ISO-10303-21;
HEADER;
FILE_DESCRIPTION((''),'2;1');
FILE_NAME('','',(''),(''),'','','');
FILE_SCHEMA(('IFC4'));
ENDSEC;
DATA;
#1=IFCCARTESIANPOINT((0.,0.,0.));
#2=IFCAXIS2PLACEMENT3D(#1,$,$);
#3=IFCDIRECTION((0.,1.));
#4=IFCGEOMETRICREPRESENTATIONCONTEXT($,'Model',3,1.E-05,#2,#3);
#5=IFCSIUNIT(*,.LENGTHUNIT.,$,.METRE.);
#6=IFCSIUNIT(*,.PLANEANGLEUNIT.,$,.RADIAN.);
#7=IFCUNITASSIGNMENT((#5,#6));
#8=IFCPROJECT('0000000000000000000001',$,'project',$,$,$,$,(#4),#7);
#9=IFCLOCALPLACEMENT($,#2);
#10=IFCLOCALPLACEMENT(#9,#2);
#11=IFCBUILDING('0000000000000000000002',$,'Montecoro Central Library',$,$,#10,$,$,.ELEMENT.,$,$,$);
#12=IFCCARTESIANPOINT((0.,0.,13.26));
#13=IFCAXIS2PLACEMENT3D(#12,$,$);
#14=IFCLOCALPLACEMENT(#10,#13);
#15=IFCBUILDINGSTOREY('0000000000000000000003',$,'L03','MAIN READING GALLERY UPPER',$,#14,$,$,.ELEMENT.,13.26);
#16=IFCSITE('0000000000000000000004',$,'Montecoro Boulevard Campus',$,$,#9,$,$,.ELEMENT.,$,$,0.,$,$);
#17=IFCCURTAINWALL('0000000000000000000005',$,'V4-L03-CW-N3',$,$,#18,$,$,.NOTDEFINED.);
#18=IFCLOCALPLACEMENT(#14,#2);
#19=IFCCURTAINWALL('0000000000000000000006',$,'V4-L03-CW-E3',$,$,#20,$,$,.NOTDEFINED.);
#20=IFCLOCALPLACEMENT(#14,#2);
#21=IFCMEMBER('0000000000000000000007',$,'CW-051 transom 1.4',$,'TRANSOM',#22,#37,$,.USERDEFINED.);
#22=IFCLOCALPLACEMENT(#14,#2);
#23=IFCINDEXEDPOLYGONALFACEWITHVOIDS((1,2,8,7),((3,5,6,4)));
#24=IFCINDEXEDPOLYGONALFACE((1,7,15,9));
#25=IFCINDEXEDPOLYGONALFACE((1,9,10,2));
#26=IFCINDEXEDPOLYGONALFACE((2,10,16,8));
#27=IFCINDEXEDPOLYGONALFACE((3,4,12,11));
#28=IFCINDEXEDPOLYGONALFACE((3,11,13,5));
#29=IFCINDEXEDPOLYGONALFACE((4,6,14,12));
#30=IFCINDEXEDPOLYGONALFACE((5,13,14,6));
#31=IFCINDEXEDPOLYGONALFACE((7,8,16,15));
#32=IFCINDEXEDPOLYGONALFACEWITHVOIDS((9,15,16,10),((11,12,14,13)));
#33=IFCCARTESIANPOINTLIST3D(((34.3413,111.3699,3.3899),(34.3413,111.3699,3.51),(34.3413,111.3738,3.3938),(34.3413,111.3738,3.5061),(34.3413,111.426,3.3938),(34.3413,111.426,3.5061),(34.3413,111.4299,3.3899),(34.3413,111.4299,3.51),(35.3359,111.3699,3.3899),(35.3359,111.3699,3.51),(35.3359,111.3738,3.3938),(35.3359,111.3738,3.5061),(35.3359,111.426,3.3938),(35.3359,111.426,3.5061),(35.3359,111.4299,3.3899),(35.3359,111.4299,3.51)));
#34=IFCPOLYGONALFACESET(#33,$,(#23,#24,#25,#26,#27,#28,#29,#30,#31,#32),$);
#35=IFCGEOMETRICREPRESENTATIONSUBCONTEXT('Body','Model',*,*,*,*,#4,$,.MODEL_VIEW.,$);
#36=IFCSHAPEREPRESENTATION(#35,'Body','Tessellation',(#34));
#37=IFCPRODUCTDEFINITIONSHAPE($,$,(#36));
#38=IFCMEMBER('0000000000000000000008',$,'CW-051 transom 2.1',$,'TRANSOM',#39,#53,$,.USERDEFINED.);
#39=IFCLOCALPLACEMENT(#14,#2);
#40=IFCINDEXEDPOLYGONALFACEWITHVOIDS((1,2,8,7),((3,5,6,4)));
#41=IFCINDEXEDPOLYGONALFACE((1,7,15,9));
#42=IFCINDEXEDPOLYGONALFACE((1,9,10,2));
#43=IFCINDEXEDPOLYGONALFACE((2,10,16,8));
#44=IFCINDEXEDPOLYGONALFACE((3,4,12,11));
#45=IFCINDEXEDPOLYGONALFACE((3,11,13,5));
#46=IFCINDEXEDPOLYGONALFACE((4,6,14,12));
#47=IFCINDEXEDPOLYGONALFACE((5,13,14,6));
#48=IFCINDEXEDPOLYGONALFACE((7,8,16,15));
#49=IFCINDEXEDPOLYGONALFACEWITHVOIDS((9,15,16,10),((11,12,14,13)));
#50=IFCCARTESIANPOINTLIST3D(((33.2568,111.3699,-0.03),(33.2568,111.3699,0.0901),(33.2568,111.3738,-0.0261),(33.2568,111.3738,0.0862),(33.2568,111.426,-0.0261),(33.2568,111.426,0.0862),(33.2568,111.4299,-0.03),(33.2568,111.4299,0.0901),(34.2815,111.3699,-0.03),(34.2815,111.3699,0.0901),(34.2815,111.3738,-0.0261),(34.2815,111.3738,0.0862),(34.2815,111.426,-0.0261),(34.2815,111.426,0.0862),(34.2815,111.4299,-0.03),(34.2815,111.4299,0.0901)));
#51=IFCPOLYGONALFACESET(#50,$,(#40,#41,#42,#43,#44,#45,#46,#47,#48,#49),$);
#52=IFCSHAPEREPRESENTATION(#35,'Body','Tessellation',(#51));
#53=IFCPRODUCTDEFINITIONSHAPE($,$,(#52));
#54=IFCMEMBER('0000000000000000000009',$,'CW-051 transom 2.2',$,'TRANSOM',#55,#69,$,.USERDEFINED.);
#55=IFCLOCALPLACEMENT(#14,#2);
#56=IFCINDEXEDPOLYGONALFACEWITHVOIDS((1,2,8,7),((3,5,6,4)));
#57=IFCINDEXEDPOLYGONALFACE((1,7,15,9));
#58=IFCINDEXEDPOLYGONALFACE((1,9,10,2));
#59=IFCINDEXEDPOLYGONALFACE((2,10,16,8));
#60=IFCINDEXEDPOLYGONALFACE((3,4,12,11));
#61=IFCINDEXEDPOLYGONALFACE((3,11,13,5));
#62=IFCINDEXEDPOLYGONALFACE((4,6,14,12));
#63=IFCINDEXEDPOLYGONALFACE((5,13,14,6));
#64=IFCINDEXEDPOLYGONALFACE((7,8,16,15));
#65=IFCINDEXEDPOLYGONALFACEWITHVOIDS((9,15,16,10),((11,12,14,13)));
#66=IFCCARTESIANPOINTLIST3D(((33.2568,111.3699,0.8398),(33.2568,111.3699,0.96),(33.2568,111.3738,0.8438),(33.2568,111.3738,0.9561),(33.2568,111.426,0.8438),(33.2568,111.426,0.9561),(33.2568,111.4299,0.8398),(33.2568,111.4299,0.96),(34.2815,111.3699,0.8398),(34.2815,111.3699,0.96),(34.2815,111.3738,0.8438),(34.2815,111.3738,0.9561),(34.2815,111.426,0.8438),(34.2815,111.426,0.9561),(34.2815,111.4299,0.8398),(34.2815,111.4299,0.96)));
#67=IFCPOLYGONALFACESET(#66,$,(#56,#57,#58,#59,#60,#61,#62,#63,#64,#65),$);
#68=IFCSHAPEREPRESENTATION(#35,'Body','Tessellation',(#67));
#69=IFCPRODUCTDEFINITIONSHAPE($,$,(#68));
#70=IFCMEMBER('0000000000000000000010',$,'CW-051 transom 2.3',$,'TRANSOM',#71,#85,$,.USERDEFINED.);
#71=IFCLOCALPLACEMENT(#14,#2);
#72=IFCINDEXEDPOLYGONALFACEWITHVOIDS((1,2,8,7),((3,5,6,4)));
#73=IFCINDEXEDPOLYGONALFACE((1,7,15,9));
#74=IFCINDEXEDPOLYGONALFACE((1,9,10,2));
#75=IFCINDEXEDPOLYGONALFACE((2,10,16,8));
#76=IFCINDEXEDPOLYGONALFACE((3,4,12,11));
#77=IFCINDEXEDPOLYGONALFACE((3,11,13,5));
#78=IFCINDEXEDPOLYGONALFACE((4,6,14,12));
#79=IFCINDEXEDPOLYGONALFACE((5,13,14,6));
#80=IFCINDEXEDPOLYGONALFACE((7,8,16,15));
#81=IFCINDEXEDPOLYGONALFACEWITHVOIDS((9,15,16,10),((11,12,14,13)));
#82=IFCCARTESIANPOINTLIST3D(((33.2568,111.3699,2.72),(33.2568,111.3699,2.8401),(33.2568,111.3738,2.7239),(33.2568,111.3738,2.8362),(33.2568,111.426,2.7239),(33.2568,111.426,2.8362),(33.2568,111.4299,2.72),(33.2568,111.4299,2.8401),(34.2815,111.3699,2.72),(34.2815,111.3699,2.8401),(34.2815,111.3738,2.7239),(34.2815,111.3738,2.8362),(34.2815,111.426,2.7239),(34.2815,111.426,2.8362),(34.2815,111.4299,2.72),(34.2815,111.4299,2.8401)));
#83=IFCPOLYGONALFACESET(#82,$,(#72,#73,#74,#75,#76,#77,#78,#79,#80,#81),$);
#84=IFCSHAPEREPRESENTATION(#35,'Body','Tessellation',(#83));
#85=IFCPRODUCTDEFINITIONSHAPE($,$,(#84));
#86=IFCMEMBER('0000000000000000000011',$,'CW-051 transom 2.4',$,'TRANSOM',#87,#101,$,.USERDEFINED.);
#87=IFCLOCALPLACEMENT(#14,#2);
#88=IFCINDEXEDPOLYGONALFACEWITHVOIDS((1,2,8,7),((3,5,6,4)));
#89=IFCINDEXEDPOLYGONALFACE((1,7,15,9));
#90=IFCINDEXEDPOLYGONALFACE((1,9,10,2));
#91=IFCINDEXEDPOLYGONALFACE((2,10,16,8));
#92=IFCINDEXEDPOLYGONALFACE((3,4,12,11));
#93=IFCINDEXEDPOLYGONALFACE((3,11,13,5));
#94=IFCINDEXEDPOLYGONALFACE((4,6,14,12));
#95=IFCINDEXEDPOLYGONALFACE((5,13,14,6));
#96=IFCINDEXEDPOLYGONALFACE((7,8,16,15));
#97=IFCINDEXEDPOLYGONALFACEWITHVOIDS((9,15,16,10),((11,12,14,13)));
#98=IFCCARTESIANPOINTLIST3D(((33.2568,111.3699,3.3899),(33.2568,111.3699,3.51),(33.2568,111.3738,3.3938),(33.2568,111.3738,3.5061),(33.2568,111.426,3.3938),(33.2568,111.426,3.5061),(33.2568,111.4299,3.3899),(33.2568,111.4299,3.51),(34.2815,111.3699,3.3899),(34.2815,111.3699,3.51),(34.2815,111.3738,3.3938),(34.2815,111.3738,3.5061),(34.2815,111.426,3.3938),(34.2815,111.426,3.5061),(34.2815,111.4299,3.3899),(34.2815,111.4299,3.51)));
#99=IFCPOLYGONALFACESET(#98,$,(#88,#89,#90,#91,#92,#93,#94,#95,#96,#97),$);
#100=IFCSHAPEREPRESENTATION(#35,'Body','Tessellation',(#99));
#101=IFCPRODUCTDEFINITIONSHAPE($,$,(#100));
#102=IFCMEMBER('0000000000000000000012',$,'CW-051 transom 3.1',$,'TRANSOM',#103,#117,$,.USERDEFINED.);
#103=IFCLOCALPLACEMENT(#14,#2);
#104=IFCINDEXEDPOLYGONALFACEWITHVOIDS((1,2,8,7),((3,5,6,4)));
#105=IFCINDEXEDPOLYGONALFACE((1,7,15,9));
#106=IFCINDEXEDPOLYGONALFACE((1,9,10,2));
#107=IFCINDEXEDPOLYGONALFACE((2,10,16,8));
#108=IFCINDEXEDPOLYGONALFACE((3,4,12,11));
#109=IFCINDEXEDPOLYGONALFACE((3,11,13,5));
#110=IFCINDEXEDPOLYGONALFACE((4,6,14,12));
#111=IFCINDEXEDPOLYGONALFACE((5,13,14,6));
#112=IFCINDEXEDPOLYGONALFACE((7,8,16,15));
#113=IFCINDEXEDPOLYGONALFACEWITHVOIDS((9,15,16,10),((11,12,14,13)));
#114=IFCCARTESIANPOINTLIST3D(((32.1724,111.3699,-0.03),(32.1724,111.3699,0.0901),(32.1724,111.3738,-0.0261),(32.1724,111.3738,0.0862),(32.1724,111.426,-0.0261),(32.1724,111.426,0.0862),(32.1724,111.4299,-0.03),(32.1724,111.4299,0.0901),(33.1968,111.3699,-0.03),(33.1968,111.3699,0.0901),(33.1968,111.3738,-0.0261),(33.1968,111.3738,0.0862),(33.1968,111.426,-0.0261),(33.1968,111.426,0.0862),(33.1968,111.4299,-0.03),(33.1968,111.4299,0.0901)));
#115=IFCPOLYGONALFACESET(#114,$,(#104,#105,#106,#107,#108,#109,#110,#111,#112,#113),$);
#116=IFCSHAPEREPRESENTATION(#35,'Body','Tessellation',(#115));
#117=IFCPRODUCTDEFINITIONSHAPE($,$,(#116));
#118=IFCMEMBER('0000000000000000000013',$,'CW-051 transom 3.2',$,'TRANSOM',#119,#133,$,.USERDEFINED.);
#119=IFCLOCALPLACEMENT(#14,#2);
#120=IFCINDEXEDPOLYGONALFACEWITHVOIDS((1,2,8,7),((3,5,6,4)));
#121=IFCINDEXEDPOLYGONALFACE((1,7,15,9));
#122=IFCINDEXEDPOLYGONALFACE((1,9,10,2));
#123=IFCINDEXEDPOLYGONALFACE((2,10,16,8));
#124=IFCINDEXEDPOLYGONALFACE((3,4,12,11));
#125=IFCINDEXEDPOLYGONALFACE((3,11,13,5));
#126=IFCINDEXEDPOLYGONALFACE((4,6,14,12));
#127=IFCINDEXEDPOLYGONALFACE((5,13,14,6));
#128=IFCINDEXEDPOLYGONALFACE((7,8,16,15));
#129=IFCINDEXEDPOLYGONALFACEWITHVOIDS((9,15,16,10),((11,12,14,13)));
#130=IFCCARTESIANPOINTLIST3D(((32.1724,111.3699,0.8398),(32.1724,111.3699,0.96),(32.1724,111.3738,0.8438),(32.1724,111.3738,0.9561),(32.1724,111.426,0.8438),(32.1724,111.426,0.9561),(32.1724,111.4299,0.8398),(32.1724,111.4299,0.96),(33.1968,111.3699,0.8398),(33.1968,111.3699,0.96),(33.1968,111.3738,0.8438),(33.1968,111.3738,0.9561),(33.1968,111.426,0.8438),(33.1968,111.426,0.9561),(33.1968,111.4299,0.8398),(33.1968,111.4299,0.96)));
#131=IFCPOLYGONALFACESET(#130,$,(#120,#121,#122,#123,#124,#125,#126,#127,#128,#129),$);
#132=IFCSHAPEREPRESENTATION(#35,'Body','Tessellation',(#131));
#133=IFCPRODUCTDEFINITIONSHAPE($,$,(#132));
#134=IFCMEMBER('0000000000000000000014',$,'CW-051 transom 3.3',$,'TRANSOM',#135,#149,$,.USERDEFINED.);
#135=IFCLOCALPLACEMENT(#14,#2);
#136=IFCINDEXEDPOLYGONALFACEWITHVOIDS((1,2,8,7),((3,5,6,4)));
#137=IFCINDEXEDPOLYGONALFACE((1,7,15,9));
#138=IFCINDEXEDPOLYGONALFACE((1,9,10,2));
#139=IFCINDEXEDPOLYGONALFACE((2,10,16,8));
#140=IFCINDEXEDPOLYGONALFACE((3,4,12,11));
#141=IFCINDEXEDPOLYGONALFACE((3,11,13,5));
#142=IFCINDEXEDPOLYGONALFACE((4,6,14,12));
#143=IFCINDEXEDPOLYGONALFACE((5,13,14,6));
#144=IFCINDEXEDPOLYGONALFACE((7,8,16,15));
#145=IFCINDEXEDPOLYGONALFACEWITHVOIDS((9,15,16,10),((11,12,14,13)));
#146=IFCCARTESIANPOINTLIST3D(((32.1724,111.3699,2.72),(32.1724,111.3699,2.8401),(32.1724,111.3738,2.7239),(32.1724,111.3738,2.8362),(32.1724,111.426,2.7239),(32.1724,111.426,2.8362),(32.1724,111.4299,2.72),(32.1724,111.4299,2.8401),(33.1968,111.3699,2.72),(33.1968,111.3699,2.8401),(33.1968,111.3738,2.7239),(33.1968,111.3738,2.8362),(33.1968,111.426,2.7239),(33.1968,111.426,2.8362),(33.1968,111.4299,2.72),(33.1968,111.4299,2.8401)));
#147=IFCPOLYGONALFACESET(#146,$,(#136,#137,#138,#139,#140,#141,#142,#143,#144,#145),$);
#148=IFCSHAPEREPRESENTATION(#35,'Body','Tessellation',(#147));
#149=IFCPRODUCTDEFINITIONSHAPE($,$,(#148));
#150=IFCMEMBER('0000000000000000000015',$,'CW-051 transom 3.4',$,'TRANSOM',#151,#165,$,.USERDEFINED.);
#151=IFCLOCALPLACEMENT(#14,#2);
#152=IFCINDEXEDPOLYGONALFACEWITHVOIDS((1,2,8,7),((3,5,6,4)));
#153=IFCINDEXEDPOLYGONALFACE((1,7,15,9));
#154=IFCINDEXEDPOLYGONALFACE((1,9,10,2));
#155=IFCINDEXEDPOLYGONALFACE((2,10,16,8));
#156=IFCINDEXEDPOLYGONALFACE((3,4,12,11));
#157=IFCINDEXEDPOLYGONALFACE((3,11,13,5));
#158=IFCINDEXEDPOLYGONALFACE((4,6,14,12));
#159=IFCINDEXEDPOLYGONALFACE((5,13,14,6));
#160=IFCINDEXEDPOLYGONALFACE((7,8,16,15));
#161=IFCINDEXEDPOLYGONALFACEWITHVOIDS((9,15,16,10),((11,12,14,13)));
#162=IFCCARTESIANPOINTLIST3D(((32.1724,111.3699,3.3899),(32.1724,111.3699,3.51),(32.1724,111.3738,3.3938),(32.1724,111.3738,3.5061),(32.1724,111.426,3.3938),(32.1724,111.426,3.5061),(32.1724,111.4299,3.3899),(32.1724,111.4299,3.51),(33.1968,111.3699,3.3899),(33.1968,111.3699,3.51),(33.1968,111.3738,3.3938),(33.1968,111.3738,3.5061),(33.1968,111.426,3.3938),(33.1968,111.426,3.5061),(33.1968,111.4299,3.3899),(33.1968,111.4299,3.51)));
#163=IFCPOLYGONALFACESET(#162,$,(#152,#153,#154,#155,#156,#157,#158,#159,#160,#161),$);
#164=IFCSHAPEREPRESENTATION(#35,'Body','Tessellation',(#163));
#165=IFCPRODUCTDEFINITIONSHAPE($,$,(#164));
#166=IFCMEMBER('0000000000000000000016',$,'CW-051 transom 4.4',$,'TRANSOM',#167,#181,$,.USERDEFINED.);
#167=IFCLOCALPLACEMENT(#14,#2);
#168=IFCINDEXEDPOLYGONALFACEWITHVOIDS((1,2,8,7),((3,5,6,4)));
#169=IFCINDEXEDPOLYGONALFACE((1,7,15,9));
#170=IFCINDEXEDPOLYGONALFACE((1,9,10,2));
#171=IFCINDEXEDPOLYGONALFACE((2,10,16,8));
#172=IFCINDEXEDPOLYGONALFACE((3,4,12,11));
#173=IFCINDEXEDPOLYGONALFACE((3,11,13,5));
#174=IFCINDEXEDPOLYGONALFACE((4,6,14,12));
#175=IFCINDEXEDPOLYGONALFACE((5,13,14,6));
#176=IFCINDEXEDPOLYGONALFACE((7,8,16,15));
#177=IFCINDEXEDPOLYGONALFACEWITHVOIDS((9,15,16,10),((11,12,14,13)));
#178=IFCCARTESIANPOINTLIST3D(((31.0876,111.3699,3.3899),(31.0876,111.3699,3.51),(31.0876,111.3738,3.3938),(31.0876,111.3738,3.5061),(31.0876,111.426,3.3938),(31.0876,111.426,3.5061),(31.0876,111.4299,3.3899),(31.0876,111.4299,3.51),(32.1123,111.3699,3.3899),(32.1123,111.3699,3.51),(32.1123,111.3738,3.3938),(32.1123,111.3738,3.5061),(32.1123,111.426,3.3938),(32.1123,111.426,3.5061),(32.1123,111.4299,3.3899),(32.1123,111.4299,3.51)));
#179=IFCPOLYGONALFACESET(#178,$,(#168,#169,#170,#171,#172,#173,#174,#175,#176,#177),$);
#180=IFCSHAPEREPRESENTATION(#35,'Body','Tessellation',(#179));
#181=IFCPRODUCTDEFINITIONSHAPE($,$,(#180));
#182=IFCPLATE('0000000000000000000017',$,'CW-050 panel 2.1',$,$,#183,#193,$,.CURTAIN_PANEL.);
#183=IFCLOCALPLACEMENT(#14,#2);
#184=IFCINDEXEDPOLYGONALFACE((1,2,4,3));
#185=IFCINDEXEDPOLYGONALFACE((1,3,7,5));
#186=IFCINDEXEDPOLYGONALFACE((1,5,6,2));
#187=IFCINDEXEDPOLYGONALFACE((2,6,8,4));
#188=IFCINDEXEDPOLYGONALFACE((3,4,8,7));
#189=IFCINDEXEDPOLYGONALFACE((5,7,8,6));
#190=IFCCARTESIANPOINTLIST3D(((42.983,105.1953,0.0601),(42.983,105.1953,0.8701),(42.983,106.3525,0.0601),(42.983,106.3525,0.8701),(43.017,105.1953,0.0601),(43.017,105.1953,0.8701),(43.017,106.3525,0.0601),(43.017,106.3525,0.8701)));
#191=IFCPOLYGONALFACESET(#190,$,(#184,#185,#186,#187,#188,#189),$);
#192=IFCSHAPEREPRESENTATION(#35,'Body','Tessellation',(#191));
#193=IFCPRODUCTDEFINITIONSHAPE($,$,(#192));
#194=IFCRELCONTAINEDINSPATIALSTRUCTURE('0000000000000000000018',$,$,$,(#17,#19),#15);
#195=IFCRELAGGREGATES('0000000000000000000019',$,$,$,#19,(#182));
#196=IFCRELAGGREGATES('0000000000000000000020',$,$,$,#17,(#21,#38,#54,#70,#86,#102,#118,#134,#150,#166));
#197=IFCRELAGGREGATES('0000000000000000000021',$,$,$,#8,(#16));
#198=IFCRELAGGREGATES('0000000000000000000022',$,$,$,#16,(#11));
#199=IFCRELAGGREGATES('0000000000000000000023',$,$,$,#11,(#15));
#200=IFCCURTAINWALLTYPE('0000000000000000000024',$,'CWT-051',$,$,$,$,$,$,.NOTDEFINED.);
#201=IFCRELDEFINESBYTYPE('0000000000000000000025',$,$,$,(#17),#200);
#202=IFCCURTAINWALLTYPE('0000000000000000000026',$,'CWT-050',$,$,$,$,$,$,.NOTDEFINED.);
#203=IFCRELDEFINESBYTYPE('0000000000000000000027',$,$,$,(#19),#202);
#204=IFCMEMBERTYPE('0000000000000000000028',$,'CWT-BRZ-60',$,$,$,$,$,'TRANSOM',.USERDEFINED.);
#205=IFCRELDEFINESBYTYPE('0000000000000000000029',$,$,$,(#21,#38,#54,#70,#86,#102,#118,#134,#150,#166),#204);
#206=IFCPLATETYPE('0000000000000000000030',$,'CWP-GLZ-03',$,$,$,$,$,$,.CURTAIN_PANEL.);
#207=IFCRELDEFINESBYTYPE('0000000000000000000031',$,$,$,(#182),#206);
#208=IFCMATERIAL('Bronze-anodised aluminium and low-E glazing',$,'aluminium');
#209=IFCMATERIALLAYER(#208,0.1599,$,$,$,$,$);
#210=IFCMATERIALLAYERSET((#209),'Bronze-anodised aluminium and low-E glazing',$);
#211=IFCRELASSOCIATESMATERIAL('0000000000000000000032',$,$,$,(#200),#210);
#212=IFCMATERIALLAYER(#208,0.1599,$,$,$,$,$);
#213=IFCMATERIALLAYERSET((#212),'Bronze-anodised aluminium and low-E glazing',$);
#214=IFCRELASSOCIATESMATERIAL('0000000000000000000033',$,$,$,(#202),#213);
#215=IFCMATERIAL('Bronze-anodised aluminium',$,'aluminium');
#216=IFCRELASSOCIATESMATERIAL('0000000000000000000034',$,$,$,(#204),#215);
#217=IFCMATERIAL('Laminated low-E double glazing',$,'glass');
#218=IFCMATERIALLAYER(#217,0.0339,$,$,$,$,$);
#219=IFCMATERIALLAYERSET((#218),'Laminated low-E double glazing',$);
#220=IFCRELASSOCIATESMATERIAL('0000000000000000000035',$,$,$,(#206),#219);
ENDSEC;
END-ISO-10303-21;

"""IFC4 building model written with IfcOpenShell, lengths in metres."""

from ifc_helpers import new_model, si_unit, direction, frame, origin, origin_2d, place, context, subcontext, project, spatial, rectangle, hollow_rectangle, extrude, material, layer, layer_set, material_profile, profile_set, type_object, element, aggregate, save


model = new_model("IFC4")

# Units and contexts
model_context = context("Model", 3, precision=1e-05, world=origin(), true_north=direction((0.0, 1.0)))
body_context = subcontext(model_context, "Body", "Model", "MODEL_VIEW")
ifc_project = project(units=[si_unit("LENGTHUNIT", "METRE"), si_unit("PLANEANGLEUNIT", "RADIAN")], contexts=[model_context])

# Site, building, storey
site_placement = place(None, origin())
site = spatial("IfcSite", under=ifc_project, at=site_placement, Name="Montecoro Boulevard Campus", CompositionType="ELEMENT", RefElevation=0.0)
building_placement = place(site_placement, origin())
building = spatial("IfcBuilding", under=site, at=building_placement, Name="Montecoro Central Library", CompositionType="ELEMENT")
storey_placement = place(building_placement, frame((0.0, 0.0, 13.26)))
storey = spatial("IfcBuildingStorey", under=building, at=storey_placement, Name="L03", Description="MAIN READING GALLERY UPPER", CompositionType="ELEMENT", Elevation=13.26)

# Curtain wall
ifc_material_1 = material(Name="Bronze-anodised aluminium and low-E glazing", Category="aluminium")
ifc_layer_1 = layer(ifc_material_1, 0.1599)
ifc_layer_set_1 = layer_set([ifc_layer_1], Name="Bronze-anodised aluminium and low-E glazing")
curtain_wall_type_1 = type_object("IfcCurtainWallType", Name="CWT-051", PredefinedType="NOTDEFINED", material=ifc_layer_set_1)
curtain_wall_1_placement = place(storey_placement, origin())
curtain_wall_1 = element("IfcCurtainWall", 1, at=curtain_wall_1_placement, inside=storey, type_object=curtain_wall_type_1, Name="V4-L03-CW-N3", PredefinedType="NOTDEFINED")
ifc_material_2 = material(Name="Bronze-anodised aluminium", Category="aluminium")

# Curtain wall
ifc_layer_2 = layer(ifc_material_1, 0.1599)
ifc_layer_set_2 = layer_set([ifc_layer_2], Name="Bronze-anodised aluminium and low-E glazing")
curtain_wall_type_2 = type_object("IfcCurtainWallType", Name="CWT-050", PredefinedType="NOTDEFINED", material=ifc_layer_set_2)
curtain_wall_2_placement = place(storey_placement, origin())
curtain_wall_2 = element("IfcCurtainWall", 2, at=curtain_wall_2_placement, inside=storey, type_object=curtain_wall_type_2, Name="V4-L03-CW-E3", PredefinedType="NOTDEFINED")
ifc_material_profile_1 = material_profile(ifc_material_2, hollow_rectangle(XDim=0.0601, YDim=0.1201, WallThickness=0.0039, at=origin_2d()), Name="CWT 120x60x4.0")
ifc_profile_set_1 = profile_set([ifc_material_profile_1], Name="Bronze-anodised aluminium")
member_type_1 = type_object("IfcMemberType", Name="CWT-BRZ-60", ElementType="TRANSOM", PredefinedType="USERDEFINED", material=ifc_profile_set_1)

# Members
member_1_placement = place(storey_placement, frame((35.3359, 111.3999, 3.45), z_axis=(-1.0, 0.0, 0.0), x_axis=(0.0, -1.0, 0.0)))
member_1 = element("IfcMember", 3, at=member_1_placement, type_object=member_type_1, Name="CW-051 transom 1.4", ObjectType="TRANSOM", PredefinedType="USERDEFINED", context=body_context, shape_type="SweptSolid", body=[
    extrude(hollow_rectangle(XDim=0.0601, YDim=0.1201, WallThickness=0.0039, at=origin_2d()), origin(), (0.0, 0.0, 1.0), 0.9946),
])
member_2_placement = place(storey_placement, frame((34.2815, 111.3999, 0.03), z_axis=(-1.0, 0.0, 0.0), x_axis=(0.0, -1.0, 0.0)))
member_2 = element("IfcMember", 4, at=member_2_placement, type_object=member_type_1, Name="CW-051 transom 2.1", ObjectType="TRANSOM", PredefinedType="USERDEFINED", context=body_context, shape_type="SweptSolid", body=[
    extrude(hollow_rectangle(XDim=0.0601, YDim=0.1201, WallThickness=0.0039, at=origin_2d()), origin(), (0.0, 0.0, 1.0), 1.0247),
])
member_3_placement = place(storey_placement, frame((34.2815, 111.3999, 0.8999), z_axis=(-1.0, 0.0, 0.0), x_axis=(0.0, -1.0, 0.0)))
member_3 = element("IfcMember", 5, at=member_3_placement, type_object=member_type_1, Name="CW-051 transom 2.2", ObjectType="TRANSOM", PredefinedType="USERDEFINED", context=body_context, shape_type="SweptSolid", body=[
    extrude(hollow_rectangle(XDim=0.0601, YDim=0.1201, WallThickness=0.0039, at=origin_2d()), origin(), (0.0, 0.0, 1.0), 1.0247),
])
member_4_placement = place(storey_placement, frame((34.2815, 111.3999, 2.78), z_axis=(-1.0, 0.0, 0.0), x_axis=(0.0, -1.0, 0.0)))
member_4 = element("IfcMember", 6, at=member_4_placement, type_object=member_type_1, Name="CW-051 transom 2.3", ObjectType="TRANSOM", PredefinedType="USERDEFINED", context=body_context, shape_type="SweptSolid", body=[
    extrude(hollow_rectangle(XDim=0.0601, YDim=0.1201, WallThickness=0.0039, at=origin_2d()), origin(), (0.0, 0.0, 1.0), 1.0247),
])
member_5_placement = place(storey_placement, frame((34.2815, 111.3999, 3.45), z_axis=(-1.0, 0.0, 0.0), x_axis=(0.0, -1.0, 0.0)))
member_5 = element("IfcMember", 7, at=member_5_placement, type_object=member_type_1, Name="CW-051 transom 2.4", ObjectType="TRANSOM", PredefinedType="USERDEFINED", context=body_context, shape_type="SweptSolid", body=[
    extrude(hollow_rectangle(XDim=0.0601, YDim=0.1201, WallThickness=0.0039, at=origin_2d()), origin(), (0.0, 0.0, 1.0), 1.0247),
])
member_6_placement = place(storey_placement, frame((33.1968, 111.3999, 0.03), z_axis=(-1.0, 0.0, 0.0), x_axis=(0.0, -1.0, 0.0)))
member_6 = element("IfcMember", 8, at=member_6_placement, type_object=member_type_1, Name="CW-051 transom 3.1", ObjectType="TRANSOM", PredefinedType="USERDEFINED", context=body_context, shape_type="SweptSolid", body=[
    extrude(hollow_rectangle(XDim=0.0601, YDim=0.1201, WallThickness=0.0039, at=origin_2d()), origin(), (0.0, 0.0, 1.0), 1.0244),
])
member_7_placement = place(storey_placement, frame((33.1968, 111.3999, 0.8999), z_axis=(-1.0, 0.0, 0.0), x_axis=(0.0, -1.0, 0.0)))
member_7 = element("IfcMember", 9, at=member_7_placement, type_object=member_type_1, Name="CW-051 transom 3.2", ObjectType="TRANSOM", PredefinedType="USERDEFINED", context=body_context, shape_type="SweptSolid", body=[
    extrude(hollow_rectangle(XDim=0.0601, YDim=0.1201, WallThickness=0.0039, at=origin_2d()), origin(), (0.0, 0.0, 1.0), 1.0244),
])
member_8_placement = place(storey_placement, frame((33.1968, 111.3999, 2.78), z_axis=(-1.0, 0.0, 0.0), x_axis=(0.0, -1.0, 0.0)))
member_8 = element("IfcMember", 10, at=member_8_placement, type_object=member_type_1, Name="CW-051 transom 3.3", ObjectType="TRANSOM", PredefinedType="USERDEFINED", context=body_context, shape_type="SweptSolid", body=[
    extrude(hollow_rectangle(XDim=0.0601, YDim=0.1201, WallThickness=0.0039, at=origin_2d()), origin(), (0.0, 0.0, 1.0), 1.0244),
])
member_9_placement = place(storey_placement, frame((33.1968, 111.3999, 3.45), z_axis=(-1.0, 0.0, 0.0), x_axis=(0.0, -1.0, 0.0)))
member_9 = element("IfcMember", 11, at=member_9_placement, type_object=member_type_1, Name="CW-051 transom 3.4", ObjectType="TRANSOM", PredefinedType="USERDEFINED", context=body_context, shape_type="SweptSolid", body=[
    extrude(hollow_rectangle(XDim=0.0601, YDim=0.1201, WallThickness=0.0039, at=origin_2d()), origin(), (0.0, 0.0, 1.0), 1.0244),
])
member_10_placement = place(storey_placement, frame((32.1123, 111.3999, 3.45), z_axis=(-1.0, 0.0, 0.0), x_axis=(0.0, -1.0, 0.0)))
member_10 = element("IfcMember", 12, at=member_10_placement, type_object=member_type_1, Name="CW-051 transom 4.4", ObjectType="TRANSOM", PredefinedType="USERDEFINED", context=body_context, shape_type="SweptSolid", body=[
    extrude(hollow_rectangle(XDim=0.0601, YDim=0.1201, WallThickness=0.0039, at=origin_2d()), origin(), (0.0, 0.0, 1.0), 1.0247),
])

# Plate
ifc_material_3 = material(Name="Laminated low-E double glazing", Category="glass")
ifc_layer_3 = layer(ifc_material_3, 0.0339)
ifc_layer_set_3 = layer_set([ifc_layer_3], Name="Laminated low-E double glazing")
plate_type_1 = type_object("IfcPlateType", Name="CWP-GLZ-03", PredefinedType="CURTAIN_PANEL", material=ifc_layer_set_3)
plate_1_placement = place(storey_placement, frame((43.0, 105.7739, 0.0601), z_axis=(0.0, 0.0, 1.0), x_axis=(0.0, 1.0, 0.0)))
plate_1 = element("IfcPlate", 13, at=plate_1_placement, type_object=plate_type_1, Name="CW-050 panel 2.1", PredefinedType="CURTAIN_PANEL", context=body_context, shape_type="SweptSolid", body=[
    extrude(rectangle(XDim=1.1572, YDim=0.0339, at=origin_2d()), origin(), (0.0, 0.0, 1.0), 0.8101),
])
aggregate(curtain_wall_2, [plate_1])
aggregate(curtain_wall_1, [member_1, member_2, member_3, member_4, member_5, member_6, member_7, member_8, member_9, member_10])

save(model, "model.ifc")
